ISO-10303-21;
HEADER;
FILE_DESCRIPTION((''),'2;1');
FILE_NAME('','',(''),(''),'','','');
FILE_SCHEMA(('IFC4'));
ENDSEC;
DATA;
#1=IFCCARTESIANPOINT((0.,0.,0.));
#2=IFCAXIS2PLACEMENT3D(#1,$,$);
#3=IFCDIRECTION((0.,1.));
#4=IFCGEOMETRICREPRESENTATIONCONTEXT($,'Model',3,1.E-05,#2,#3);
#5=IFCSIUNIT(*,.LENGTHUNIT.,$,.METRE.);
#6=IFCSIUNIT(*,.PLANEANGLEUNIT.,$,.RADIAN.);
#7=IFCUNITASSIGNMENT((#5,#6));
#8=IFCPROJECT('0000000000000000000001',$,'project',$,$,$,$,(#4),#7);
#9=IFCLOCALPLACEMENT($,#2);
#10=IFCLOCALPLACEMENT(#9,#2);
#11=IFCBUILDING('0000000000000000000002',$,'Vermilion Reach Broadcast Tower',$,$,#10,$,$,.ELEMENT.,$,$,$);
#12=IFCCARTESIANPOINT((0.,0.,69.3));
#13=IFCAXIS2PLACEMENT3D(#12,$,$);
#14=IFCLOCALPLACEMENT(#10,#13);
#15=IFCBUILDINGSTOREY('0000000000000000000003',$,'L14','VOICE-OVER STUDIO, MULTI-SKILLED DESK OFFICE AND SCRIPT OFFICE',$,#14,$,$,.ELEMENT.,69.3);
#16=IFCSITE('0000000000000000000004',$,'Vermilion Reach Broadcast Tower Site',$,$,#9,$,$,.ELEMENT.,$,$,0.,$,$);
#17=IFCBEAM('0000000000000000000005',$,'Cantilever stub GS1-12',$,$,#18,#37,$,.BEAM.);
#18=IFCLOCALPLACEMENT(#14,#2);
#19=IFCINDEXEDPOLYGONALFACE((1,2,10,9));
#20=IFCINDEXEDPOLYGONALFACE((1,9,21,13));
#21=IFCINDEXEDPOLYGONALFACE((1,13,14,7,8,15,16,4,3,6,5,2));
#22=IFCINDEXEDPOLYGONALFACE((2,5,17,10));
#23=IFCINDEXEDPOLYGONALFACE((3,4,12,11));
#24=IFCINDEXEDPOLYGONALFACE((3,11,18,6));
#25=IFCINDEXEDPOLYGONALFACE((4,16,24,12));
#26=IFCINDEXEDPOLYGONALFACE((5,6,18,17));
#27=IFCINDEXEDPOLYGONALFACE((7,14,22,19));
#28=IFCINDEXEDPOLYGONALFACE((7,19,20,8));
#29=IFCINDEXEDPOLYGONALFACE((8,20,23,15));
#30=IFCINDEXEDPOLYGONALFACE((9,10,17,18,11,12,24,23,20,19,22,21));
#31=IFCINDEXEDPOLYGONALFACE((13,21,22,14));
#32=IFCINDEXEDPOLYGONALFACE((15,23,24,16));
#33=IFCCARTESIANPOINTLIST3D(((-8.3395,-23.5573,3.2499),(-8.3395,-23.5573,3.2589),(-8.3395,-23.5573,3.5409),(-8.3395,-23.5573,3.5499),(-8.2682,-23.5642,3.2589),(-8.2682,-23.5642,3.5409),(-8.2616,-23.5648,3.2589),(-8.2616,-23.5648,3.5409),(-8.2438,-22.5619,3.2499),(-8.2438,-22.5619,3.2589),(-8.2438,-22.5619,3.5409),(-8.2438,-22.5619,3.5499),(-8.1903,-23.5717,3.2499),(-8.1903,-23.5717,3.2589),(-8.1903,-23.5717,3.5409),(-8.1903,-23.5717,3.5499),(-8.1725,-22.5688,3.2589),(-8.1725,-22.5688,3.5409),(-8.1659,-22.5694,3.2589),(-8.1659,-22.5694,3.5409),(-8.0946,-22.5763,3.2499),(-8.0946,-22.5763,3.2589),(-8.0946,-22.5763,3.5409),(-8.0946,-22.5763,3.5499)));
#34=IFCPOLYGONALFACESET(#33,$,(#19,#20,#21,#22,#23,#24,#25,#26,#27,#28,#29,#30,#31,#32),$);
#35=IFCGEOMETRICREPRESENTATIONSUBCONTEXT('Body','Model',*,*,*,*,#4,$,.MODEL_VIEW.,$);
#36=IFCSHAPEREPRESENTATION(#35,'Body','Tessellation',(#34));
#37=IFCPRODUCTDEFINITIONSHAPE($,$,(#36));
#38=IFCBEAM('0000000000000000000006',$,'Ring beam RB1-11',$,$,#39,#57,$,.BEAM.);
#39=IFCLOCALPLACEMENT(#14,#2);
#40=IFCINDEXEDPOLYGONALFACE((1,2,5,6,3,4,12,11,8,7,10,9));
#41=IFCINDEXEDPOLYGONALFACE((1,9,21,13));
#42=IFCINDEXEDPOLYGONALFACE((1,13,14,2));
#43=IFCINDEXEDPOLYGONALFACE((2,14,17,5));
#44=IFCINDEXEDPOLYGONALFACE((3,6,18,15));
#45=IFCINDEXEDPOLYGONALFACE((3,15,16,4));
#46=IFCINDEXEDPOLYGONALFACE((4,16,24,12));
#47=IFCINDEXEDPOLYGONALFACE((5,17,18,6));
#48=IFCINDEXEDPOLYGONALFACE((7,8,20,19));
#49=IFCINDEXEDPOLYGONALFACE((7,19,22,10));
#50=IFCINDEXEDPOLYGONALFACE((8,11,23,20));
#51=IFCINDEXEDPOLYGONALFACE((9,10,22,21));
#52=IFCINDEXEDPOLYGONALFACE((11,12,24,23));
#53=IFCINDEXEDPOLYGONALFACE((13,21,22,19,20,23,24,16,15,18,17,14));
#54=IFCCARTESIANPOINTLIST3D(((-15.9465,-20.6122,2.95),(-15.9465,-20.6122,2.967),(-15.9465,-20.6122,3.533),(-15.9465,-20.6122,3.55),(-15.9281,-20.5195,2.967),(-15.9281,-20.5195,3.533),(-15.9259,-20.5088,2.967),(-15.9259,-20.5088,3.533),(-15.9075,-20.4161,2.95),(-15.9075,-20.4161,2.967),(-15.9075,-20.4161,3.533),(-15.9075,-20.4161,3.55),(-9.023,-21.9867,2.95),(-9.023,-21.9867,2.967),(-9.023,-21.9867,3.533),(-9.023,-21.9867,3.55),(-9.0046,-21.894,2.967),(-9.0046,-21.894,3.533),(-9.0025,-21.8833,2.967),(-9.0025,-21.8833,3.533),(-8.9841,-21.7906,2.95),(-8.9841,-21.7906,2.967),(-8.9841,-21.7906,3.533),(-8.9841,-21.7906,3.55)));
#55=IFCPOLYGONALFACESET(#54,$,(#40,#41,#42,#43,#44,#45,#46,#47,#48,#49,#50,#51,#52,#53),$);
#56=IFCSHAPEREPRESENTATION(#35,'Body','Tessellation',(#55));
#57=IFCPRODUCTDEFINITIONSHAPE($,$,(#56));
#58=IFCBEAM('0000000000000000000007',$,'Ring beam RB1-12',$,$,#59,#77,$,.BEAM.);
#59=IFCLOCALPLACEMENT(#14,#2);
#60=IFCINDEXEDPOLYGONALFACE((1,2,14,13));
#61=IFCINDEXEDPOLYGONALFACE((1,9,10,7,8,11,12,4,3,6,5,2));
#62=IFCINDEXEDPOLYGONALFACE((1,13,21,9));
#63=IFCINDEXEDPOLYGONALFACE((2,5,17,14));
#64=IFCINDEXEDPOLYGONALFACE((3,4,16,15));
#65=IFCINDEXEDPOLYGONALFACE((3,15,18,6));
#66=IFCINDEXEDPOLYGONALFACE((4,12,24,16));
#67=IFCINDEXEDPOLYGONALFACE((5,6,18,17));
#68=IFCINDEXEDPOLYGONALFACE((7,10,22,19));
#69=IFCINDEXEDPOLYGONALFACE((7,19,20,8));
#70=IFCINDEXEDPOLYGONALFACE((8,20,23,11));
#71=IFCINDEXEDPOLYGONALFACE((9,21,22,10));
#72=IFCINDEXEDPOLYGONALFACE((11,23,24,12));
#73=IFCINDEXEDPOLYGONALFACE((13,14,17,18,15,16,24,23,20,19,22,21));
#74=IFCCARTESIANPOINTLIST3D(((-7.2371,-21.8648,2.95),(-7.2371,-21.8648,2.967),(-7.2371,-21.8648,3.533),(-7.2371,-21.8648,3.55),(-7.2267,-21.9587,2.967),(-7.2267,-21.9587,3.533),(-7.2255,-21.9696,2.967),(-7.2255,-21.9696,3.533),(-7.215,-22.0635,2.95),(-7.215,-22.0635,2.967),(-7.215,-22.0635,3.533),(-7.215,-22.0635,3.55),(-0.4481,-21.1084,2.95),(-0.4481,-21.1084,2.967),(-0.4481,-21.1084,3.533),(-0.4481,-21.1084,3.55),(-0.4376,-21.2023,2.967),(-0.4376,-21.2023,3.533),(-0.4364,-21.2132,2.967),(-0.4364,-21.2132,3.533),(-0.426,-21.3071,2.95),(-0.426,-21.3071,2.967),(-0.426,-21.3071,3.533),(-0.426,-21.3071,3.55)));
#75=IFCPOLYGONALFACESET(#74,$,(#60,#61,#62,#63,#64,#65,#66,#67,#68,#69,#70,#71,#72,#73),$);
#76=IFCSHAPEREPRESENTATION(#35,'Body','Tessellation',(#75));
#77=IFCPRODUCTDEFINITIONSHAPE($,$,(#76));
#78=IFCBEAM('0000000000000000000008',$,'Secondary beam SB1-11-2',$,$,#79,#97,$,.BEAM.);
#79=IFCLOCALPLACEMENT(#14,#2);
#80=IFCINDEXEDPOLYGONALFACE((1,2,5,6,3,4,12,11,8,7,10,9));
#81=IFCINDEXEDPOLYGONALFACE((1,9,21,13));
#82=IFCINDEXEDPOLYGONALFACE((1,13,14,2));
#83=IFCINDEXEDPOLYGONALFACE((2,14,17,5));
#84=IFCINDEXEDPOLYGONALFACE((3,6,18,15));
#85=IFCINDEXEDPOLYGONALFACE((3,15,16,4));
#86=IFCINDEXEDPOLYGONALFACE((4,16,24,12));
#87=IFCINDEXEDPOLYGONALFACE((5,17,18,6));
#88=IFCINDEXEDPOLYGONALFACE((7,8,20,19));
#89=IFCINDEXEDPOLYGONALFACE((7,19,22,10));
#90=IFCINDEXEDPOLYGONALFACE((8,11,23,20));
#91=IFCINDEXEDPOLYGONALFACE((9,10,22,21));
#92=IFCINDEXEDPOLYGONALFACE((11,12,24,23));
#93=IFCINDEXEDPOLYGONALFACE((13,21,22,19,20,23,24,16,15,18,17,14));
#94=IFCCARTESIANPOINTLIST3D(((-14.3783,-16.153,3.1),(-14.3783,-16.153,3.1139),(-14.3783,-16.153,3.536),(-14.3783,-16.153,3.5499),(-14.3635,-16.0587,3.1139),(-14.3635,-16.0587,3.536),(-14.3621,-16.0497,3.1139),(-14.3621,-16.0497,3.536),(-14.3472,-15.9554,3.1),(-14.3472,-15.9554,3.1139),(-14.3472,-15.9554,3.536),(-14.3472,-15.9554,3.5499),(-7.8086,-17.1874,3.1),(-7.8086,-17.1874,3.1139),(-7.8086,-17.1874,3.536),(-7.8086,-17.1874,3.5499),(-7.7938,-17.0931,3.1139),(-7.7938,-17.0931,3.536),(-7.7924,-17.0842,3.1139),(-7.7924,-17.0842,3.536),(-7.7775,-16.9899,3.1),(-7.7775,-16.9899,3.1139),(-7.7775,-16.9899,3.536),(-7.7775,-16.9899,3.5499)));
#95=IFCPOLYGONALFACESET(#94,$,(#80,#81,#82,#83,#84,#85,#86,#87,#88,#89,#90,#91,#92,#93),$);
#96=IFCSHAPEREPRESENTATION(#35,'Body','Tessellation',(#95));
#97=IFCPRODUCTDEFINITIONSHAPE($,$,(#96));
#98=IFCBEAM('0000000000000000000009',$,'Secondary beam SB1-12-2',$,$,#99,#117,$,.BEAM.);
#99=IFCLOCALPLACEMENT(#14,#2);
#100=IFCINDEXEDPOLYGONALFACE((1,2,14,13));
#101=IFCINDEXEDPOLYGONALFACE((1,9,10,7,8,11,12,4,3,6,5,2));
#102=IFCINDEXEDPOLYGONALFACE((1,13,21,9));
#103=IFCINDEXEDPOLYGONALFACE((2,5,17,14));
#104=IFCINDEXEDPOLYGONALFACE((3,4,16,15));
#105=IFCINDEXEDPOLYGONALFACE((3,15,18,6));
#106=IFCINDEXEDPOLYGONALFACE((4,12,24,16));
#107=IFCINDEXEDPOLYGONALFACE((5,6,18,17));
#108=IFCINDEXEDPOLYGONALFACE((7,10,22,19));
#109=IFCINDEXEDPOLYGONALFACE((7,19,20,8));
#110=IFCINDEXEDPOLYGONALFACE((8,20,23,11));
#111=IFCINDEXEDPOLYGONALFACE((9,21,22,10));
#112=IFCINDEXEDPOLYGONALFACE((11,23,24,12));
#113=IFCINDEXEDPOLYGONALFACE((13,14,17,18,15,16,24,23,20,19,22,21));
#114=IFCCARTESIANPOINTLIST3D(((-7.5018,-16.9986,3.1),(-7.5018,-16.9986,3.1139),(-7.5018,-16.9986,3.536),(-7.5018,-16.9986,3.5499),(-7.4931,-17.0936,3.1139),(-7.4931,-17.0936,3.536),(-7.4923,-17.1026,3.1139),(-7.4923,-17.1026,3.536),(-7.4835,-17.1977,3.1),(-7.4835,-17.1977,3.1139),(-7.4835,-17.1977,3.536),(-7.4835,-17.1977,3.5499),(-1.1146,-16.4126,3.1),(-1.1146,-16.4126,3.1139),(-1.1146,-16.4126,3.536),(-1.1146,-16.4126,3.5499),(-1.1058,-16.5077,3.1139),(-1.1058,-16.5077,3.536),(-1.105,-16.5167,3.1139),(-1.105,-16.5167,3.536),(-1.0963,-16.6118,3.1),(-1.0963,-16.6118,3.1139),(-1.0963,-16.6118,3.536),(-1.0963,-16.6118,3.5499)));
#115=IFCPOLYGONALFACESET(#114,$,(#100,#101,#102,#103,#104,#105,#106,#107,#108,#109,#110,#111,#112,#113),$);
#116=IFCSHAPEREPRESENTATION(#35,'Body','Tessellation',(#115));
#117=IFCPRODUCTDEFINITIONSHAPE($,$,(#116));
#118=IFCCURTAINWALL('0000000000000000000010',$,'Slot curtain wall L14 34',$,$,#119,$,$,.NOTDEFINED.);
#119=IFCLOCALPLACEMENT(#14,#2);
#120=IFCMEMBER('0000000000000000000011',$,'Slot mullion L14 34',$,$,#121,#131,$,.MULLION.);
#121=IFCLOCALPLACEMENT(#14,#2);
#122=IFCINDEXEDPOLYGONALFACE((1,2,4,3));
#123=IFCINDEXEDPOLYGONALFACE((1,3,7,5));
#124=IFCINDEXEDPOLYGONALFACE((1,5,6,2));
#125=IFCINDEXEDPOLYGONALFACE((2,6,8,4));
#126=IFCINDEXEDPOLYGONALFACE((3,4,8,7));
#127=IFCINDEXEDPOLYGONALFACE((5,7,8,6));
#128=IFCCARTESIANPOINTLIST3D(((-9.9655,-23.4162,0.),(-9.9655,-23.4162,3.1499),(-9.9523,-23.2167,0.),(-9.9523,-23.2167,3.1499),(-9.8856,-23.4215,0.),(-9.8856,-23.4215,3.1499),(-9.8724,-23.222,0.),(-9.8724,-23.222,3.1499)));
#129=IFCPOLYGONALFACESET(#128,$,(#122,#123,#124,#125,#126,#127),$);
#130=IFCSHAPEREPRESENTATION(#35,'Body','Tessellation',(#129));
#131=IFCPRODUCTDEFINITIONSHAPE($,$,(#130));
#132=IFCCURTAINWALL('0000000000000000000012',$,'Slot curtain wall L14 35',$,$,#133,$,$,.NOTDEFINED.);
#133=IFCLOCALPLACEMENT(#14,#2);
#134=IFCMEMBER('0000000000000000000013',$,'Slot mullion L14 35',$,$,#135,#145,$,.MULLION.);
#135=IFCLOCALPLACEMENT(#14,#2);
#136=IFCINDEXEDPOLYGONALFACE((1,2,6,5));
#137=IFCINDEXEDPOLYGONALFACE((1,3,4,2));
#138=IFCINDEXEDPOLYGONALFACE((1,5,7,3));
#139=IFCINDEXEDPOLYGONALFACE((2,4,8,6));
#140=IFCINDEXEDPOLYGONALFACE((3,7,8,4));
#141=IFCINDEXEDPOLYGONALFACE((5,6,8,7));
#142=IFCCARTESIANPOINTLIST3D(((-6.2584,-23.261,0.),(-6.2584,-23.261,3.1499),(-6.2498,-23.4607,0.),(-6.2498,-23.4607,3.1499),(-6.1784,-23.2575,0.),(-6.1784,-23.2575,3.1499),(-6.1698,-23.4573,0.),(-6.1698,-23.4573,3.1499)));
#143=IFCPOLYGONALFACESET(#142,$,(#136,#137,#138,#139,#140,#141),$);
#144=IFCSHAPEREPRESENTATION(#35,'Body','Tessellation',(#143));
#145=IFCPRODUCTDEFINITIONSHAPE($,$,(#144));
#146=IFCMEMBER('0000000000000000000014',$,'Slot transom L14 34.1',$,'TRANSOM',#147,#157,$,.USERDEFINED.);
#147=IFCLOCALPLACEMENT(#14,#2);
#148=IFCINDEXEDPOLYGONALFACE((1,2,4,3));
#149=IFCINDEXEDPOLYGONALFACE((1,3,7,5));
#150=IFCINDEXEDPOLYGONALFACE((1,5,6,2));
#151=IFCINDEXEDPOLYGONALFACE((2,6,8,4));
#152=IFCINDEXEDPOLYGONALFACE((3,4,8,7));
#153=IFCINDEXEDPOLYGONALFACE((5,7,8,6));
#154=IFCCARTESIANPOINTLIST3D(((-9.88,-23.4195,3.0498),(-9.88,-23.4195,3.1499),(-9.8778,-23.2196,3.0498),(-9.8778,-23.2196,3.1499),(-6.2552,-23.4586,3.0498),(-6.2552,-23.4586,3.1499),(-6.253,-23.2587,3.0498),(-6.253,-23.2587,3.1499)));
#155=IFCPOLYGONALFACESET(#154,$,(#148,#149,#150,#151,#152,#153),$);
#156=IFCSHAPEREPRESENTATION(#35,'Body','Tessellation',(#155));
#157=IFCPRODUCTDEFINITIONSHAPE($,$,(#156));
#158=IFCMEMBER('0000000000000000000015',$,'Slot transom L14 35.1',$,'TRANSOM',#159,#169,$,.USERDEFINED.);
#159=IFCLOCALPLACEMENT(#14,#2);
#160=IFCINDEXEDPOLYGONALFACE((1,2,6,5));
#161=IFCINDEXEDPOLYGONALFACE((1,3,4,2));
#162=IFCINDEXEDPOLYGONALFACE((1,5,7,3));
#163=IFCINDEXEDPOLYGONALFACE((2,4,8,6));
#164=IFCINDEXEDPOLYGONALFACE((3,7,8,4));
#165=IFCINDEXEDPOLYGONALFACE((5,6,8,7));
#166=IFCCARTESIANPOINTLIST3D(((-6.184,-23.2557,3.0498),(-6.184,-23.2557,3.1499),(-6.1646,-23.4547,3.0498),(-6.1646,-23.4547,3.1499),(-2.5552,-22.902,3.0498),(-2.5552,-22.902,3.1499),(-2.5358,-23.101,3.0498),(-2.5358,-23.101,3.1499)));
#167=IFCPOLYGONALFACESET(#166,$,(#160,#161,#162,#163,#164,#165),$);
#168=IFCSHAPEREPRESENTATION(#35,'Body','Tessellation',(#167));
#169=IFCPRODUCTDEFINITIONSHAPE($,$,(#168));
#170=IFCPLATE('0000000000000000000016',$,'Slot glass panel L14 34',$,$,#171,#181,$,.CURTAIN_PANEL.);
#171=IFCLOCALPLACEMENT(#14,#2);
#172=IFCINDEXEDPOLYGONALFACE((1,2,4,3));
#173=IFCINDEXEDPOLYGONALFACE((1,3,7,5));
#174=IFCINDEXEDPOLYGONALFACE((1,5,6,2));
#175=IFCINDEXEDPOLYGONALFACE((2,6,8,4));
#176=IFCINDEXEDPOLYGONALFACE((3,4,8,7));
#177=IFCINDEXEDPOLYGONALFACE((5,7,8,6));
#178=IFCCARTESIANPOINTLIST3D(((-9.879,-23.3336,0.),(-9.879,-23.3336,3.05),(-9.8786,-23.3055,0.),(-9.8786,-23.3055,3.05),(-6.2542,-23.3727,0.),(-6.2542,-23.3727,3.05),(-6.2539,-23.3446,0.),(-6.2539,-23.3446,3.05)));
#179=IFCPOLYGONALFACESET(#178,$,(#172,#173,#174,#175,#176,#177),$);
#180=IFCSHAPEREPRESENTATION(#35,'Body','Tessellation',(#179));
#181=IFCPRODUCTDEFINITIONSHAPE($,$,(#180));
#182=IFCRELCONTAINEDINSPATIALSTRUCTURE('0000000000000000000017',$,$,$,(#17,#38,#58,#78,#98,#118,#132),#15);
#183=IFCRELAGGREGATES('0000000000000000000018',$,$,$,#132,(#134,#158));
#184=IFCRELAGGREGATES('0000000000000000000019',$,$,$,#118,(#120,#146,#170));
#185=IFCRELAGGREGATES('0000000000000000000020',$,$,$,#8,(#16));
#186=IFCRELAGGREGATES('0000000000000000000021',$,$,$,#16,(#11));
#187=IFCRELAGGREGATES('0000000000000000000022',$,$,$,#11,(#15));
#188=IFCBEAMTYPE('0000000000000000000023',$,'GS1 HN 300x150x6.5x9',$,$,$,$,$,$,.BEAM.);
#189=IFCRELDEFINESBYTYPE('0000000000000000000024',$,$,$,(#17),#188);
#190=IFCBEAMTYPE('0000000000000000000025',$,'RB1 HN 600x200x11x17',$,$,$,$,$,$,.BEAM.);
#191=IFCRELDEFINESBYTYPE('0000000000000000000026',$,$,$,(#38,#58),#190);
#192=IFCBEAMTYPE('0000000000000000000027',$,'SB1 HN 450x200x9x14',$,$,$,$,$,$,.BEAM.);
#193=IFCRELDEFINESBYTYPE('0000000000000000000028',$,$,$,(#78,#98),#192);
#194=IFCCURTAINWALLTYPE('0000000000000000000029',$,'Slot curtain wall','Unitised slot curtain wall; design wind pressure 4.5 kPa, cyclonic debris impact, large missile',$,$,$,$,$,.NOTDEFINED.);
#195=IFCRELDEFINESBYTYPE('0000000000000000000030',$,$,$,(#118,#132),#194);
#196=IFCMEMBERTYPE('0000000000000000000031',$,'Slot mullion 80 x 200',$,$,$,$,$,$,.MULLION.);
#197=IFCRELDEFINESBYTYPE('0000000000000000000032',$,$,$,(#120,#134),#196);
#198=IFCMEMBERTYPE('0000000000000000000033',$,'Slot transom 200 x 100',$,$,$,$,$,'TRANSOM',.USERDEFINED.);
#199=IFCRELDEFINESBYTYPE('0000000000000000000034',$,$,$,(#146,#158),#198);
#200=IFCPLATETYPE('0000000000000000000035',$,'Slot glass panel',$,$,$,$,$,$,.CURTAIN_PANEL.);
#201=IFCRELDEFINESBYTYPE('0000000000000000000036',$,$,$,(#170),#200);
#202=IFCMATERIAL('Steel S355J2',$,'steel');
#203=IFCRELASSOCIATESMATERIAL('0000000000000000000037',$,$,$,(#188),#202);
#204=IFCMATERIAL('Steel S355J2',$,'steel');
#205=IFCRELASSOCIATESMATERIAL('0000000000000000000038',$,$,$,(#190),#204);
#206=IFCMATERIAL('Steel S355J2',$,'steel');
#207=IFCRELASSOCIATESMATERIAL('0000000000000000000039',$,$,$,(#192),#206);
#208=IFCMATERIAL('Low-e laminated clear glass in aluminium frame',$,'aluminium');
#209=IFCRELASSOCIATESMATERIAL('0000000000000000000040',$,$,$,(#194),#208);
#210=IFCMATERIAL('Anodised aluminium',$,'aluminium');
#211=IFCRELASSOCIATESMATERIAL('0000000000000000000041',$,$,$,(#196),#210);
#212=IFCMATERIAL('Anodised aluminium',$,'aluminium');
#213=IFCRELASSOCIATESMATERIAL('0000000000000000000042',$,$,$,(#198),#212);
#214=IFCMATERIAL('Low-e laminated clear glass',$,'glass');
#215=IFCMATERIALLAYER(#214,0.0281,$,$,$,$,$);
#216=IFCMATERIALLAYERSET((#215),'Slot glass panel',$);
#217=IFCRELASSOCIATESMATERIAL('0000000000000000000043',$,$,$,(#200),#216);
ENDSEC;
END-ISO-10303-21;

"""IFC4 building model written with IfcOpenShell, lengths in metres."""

from ifc_helpers import new_model, si_unit, direction, frame, origin, origin_2d, place, context, subcontext, project, spatial, rectangle, i_section, extrude, material, layer, layer_set, material_profile, profile_set, type_object, element, aggregate, save


model = new_model("IFC4")

# Units and contexts
model_context = context("Model", 3, precision=1e-05, world=origin(), true_north=direction((0.0, 1.0)))
body_context = subcontext(model_context, "Body", "Model", "MODEL_VIEW")
ifc_project = project(units=[si_unit("LENGTHUNIT", "METRE"), si_unit("PLANEANGLEUNIT", "RADIAN")], contexts=[model_context])

# Site, building, storey
site_placement = place(None, origin())
site = spatial("IfcSite", under=ifc_project, at=site_placement, Name="Vermilion Reach Broadcast Tower Site", CompositionType="ELEMENT", RefElevation=0.0)
building_placement = place(site_placement, origin())
building = spatial("IfcBuilding", under=site, at=building_placement, Name="Vermilion Reach Broadcast Tower", CompositionType="ELEMENT")
storey_placement = place(building_placement, frame((0.0, 0.0, 69.3)))
storey = spatial("IfcBuildingStorey", under=building, at=storey_placement, Name="L14", Description="VOICE-OVER STUDIO, MULTI-SKILLED DESK OFFICE AND SCRIPT OFFICE", CompositionType="ELEMENT", Elevation=69.3)

# Beams
ifc_material_1 = material(Name="Steel S355J2", Category="steel")
ifc_material_profile_1 = material_profile(ifc_material_1, i_section(OverallWidth=0.1499, OverallDepth=0.3, WebThickness=0.0066, FlangeThickness=0.009, at=origin_2d()), Name="S355J2 HN 300x150x6.5x9")
ifc_profile_set_1 = profile_set([ifc_material_profile_1], Name="Steel S355J2")
beam_type_1 = type_object("IfcBeamType", Name="GS1 HN 300x150x6.5x9", PredefinedType="BEAM", material=ifc_profile_set_1)
beam_1_placement = place(storey_placement, frame((-8.1692, -22.5691, 3.3999), z_axis=(-0.095708, -0.995409, 0.0), x_axis=(0.995409, -0.095708, 0.0)))
element("IfcBeam", 1, at=beam_1_placement, inside=storey, type_object=beam_type_1, Name="Cantilever stub GS1-12", PredefinedType="BEAM", context=body_context, shape_type="SweptSolid", body=[
    extrude(i_section(OverallWidth=0.1499, OverallDepth=0.3, WebThickness=0.0066, FlangeThickness=0.009, at=origin_2d()), origin(), (0.0, 0.0, 1.0), 1.0),
])
ifc_material_2 = material(Name="Steel S355J2", Category="steel")
ifc_material_profile_2 = material_profile(ifc_material_2, i_section(OverallWidth=0.2, OverallDepth=0.6001, WebThickness=0.011, FlangeThickness=0.0171, at=origin_2d()), Name="S355J2 HN 600x200x11x17")
ifc_profile_set_2 = profile_set([ifc_material_profile_2], Name="Steel S355J2")
beam_type_2 = type_object("IfcBeamType", Name="RB1 HN 600x200x11x17", PredefinedType="BEAM", material=ifc_profile_set_2)
beam_2_placement = place(storey_placement, frame((-15.927, -20.5142, 3.25), z_axis=(0.980858, -0.194726, 0.0), x_axis=(0.194726, 0.980858, 0.0)))
element("IfcBeam", 2, at=beam_2_placement, inside=storey, type_object=beam_type_2, Name="Ring beam RB1-11", PredefinedType="BEAM", context=body_context, shape_type="SweptSolid", body=[
    extrude(i_section(OverallWidth=0.2, OverallDepth=0.6001, WebThickness=0.011, FlangeThickness=0.0171, at=origin_2d()), origin(), (0.0, 0.0, 1.0), 7.0586),
])
beam_3_placement = place(storey_placement, frame((-7.2261, -21.9641, 3.25), z_axis=(0.993851, 0.110722, 0.0), x_axis=(-0.110722, 0.993851, 0.0)))
element("IfcBeam", 3, at=beam_3_placement, inside=storey, type_object=beam_type_2, Name="Ring beam RB1-12", PredefinedType="BEAM", context=body_context, shape_type="SweptSolid", body=[
    extrude(i_section(OverallWidth=0.2, OverallDepth=0.6001, WebThickness=0.011, FlangeThickness=0.0171, at=origin_2d()), origin(), (0.0, 0.0, 1.0), 6.8311),
])
ifc_material_3 = material(Name="Steel S355J2", Category="steel")
ifc_material_profile_3 = material_profile(ifc_material_3, i_section(OverallWidth=0.2, OverallDepth=0.45, WebThickness=0.009, FlangeThickness=0.0139, at=origin_2d()), Name="S355J2 HN 450x200x9x14")
ifc_profile_set_3 = profile_set([ifc_material_profile_3], Name="Steel S355J2")
beam_type_3 = type_object("IfcBeamType", Name="SB1 HN 450x200x9x14", PredefinedType="BEAM", material=ifc_profile_set_3)
beam_4_placement = place(storey_placement, frame((-14.3628, -16.0542, 3.325), z_axis=(0.98783, -0.15554, 0.0), x_axis=(0.15554, 0.98783, 0.0)))
element("IfcBeam", 4, at=beam_4_placement, inside=storey, type_object=beam_type_3, Name="Secondary beam SB1-11-2", PredefinedType="BEAM", context=body_context, shape_type="SweptSolid", body=[
    extrude(i_section(OverallWidth=0.2, OverallDepth=0.45, WebThickness=0.009, FlangeThickness=0.0139, at=origin_2d()), origin(), (0.0, 0.0, 1.0), 6.6506),
])
beam_5_placement = place(storey_placement, frame((-7.4927, -17.0981, 3.325), z_axis=(0.995819, 0.091353, 0.0), x_axis=(-0.091353, 0.995819, 0.0)))
element("IfcBeam", 5, at=beam_5_placement, inside=storey, type_object=beam_type_3, Name="Secondary beam SB1-12-2", PredefinedType="BEAM", context=body_context, shape_type="SweptSolid", body=[
    extrude(i_section(OverallWidth=0.2, OverallDepth=0.45, WebThickness=0.009, FlangeThickness=0.0139, at=origin_2d()), origin(), (0.0, 0.0, 1.0), 6.4141),
])

# Curtain walls, members
ifc_material_4 = material(Name="Low-e laminated clear glass in aluminium frame", Category="aluminium")
curtain_wall_type = type_object("IfcCurtainWallType", Name="Slot curtain wall", Description="Unitised slot curtain wall; design wind pressure 4.5 kPa, cyclonic debris impact, large missile", PredefinedType="NOTDEFINED", material=ifc_material_4)
placement = place(storey_placement, origin())
curtain_wall_1 = element("IfcCurtainWall", 6, at=placement, inside=storey, type_object=curtain_wall_type, Name="Slot curtain wall L14 34", PredefinedType="NOTDEFINED")
ifc_material_5 = material(Name="Anodised aluminium", Category="aluminium")
ifc_material_profile_4 = material_profile(ifc_material_5, rectangle(XDim=0.2, YDim=0.0801, at=origin_2d()), Name="Slot mullion 80 x 200")
ifc_profile_set_4 = profile_set([ifc_material_profile_4], Name="Anodised aluminium")
member_type_1 = type_object("IfcMemberType", Name="Slot mullion 80 x 200", PredefinedType="MULLION", material=ifc_profile_set_4)
member_1_placement = place(storey_placement, frame((-9.9189, -23.3191, 0.0), z_axis=(0.0, 0.0, 1.0), x_axis=(0.065595, 0.997846, 0.0)))
member_1 = element("IfcMember", 7, at=member_1_placement, type_object=member_type_1, Name="Slot mullion L14 34", PredefinedType="MULLION", context=body_context, shape_type="SweptSolid", body=[
    extrude(rectangle(XDim=0.2, YDim=0.0801, at=origin_2d()), origin(), (0.0, 0.0, 1.0), 3.1499),
])
curtain_wall_2 = element("IfcCurtainWall", 8, at=placement, inside=storey, type_object=curtain_wall_type, Name="Slot curtain wall L14 35", PredefinedType="NOTDEFINED")
member_2_placement = place(storey_placement, frame((-6.2141, -23.3591, 0.0), z_axis=(0.0, 0.0, 1.0), x_axis=(-0.043167, 0.999068, 0.0)))
member_2 = element("IfcMember", 9, at=member_2_placement, type_object=member_type_1, Name="Slot mullion L14 35", PredefinedType="MULLION", context=body_context, shape_type="SweptSolid", body=[
    extrude(rectangle(XDim=0.2, YDim=0.0801, at=origin_2d()), origin(), (0.0, 0.0, 1.0), 3.1499),
])

# Members
ifc_material_6 = material(Name="Anodised aluminium", Category="aluminium")
ifc_material_profile_5 = material_profile(ifc_material_6, rectangle(XDim=0.2, YDim=0.1001, at=origin_2d()), Name="Slot transom 200 x 100")
ifc_profile_set_5 = profile_set([ifc_material_profile_5], Name="Anodised aluminium")
member_type_2 = type_object("IfcMemberType", Name="Slot transom 200 x 100", ElementType="TRANSOM", PredefinedType="USERDEFINED", material=ifc_profile_set_5)
member_3_placement = place(storey_placement, frame((-9.8789, -23.3196, 3.0999), z_axis=(0.999942, -0.010776, 0.0), x_axis=(0.010776, 0.999942, 0.0)))
member_3 = element("IfcMember", 10, at=member_3_placement, type_object=member_type_2, Name="Slot transom L14 34.1", ObjectType="TRANSOM", PredefinedType="USERDEFINED", context=body_context, shape_type="SweptSolid", body=[
    extrude(rectangle(XDim=0.2, YDim=0.1001, at=origin_2d()), origin(), (0.0, 0.0, 1.0), 3.625),
])
member_4_placement = place(storey_placement, frame((-6.1743, -23.3552, 3.0999), z_axis=(0.995282, 0.097024, 0.0), x_axis=(-0.097024, 0.995282, 0.0)))
member_4 = element("IfcMember", 11, at=member_4_placement, type_object=member_type_2, Name="Slot transom L14 35.1", ObjectType="TRANSOM", PredefinedType="USERDEFINED", context=body_context, shape_type="SweptSolid", body=[
    extrude(rectangle(XDim=0.2, YDim=0.1001, at=origin_2d()), origin(), (0.0, 0.0, 1.0), 3.646),
])
aggregate(curtain_wall_2, [member_2, member_4])

# Plate
ifc_material_7 = material(Name="Low-e laminated clear glass", Category="glass")
ifc_layer_1 = layer(ifc_material_7, 0.0281)
ifc_layer_set_1 = layer_set([ifc_layer_1], Name="Slot glass panel")
plate_type = type_object("IfcPlateType", Name="Slot glass panel", PredefinedType="CURTAIN_PANEL", material=ifc_layer_set_1)
plate_placement = place(storey_placement, frame((-8.0664, -23.3391, 0.0), z_axis=(0.0, 0.0, 1.0), x_axis=(0.999942, -0.010778, 0.0)))
plate = element("IfcPlate", 12, at=plate_placement, type_object=plate_type, Name="Slot glass panel L14 34", PredefinedType="CURTAIN_PANEL", context=body_context, shape_type="SweptSolid", body=[
    extrude(rectangle(XDim=3.625, YDim=0.0281, at=origin_2d()), origin(), (0.0, 0.0, 1.0), 3.05),
])
aggregate(curtain_wall_1, [member_1, member_3, plate])

save(model, "model.ifc")
